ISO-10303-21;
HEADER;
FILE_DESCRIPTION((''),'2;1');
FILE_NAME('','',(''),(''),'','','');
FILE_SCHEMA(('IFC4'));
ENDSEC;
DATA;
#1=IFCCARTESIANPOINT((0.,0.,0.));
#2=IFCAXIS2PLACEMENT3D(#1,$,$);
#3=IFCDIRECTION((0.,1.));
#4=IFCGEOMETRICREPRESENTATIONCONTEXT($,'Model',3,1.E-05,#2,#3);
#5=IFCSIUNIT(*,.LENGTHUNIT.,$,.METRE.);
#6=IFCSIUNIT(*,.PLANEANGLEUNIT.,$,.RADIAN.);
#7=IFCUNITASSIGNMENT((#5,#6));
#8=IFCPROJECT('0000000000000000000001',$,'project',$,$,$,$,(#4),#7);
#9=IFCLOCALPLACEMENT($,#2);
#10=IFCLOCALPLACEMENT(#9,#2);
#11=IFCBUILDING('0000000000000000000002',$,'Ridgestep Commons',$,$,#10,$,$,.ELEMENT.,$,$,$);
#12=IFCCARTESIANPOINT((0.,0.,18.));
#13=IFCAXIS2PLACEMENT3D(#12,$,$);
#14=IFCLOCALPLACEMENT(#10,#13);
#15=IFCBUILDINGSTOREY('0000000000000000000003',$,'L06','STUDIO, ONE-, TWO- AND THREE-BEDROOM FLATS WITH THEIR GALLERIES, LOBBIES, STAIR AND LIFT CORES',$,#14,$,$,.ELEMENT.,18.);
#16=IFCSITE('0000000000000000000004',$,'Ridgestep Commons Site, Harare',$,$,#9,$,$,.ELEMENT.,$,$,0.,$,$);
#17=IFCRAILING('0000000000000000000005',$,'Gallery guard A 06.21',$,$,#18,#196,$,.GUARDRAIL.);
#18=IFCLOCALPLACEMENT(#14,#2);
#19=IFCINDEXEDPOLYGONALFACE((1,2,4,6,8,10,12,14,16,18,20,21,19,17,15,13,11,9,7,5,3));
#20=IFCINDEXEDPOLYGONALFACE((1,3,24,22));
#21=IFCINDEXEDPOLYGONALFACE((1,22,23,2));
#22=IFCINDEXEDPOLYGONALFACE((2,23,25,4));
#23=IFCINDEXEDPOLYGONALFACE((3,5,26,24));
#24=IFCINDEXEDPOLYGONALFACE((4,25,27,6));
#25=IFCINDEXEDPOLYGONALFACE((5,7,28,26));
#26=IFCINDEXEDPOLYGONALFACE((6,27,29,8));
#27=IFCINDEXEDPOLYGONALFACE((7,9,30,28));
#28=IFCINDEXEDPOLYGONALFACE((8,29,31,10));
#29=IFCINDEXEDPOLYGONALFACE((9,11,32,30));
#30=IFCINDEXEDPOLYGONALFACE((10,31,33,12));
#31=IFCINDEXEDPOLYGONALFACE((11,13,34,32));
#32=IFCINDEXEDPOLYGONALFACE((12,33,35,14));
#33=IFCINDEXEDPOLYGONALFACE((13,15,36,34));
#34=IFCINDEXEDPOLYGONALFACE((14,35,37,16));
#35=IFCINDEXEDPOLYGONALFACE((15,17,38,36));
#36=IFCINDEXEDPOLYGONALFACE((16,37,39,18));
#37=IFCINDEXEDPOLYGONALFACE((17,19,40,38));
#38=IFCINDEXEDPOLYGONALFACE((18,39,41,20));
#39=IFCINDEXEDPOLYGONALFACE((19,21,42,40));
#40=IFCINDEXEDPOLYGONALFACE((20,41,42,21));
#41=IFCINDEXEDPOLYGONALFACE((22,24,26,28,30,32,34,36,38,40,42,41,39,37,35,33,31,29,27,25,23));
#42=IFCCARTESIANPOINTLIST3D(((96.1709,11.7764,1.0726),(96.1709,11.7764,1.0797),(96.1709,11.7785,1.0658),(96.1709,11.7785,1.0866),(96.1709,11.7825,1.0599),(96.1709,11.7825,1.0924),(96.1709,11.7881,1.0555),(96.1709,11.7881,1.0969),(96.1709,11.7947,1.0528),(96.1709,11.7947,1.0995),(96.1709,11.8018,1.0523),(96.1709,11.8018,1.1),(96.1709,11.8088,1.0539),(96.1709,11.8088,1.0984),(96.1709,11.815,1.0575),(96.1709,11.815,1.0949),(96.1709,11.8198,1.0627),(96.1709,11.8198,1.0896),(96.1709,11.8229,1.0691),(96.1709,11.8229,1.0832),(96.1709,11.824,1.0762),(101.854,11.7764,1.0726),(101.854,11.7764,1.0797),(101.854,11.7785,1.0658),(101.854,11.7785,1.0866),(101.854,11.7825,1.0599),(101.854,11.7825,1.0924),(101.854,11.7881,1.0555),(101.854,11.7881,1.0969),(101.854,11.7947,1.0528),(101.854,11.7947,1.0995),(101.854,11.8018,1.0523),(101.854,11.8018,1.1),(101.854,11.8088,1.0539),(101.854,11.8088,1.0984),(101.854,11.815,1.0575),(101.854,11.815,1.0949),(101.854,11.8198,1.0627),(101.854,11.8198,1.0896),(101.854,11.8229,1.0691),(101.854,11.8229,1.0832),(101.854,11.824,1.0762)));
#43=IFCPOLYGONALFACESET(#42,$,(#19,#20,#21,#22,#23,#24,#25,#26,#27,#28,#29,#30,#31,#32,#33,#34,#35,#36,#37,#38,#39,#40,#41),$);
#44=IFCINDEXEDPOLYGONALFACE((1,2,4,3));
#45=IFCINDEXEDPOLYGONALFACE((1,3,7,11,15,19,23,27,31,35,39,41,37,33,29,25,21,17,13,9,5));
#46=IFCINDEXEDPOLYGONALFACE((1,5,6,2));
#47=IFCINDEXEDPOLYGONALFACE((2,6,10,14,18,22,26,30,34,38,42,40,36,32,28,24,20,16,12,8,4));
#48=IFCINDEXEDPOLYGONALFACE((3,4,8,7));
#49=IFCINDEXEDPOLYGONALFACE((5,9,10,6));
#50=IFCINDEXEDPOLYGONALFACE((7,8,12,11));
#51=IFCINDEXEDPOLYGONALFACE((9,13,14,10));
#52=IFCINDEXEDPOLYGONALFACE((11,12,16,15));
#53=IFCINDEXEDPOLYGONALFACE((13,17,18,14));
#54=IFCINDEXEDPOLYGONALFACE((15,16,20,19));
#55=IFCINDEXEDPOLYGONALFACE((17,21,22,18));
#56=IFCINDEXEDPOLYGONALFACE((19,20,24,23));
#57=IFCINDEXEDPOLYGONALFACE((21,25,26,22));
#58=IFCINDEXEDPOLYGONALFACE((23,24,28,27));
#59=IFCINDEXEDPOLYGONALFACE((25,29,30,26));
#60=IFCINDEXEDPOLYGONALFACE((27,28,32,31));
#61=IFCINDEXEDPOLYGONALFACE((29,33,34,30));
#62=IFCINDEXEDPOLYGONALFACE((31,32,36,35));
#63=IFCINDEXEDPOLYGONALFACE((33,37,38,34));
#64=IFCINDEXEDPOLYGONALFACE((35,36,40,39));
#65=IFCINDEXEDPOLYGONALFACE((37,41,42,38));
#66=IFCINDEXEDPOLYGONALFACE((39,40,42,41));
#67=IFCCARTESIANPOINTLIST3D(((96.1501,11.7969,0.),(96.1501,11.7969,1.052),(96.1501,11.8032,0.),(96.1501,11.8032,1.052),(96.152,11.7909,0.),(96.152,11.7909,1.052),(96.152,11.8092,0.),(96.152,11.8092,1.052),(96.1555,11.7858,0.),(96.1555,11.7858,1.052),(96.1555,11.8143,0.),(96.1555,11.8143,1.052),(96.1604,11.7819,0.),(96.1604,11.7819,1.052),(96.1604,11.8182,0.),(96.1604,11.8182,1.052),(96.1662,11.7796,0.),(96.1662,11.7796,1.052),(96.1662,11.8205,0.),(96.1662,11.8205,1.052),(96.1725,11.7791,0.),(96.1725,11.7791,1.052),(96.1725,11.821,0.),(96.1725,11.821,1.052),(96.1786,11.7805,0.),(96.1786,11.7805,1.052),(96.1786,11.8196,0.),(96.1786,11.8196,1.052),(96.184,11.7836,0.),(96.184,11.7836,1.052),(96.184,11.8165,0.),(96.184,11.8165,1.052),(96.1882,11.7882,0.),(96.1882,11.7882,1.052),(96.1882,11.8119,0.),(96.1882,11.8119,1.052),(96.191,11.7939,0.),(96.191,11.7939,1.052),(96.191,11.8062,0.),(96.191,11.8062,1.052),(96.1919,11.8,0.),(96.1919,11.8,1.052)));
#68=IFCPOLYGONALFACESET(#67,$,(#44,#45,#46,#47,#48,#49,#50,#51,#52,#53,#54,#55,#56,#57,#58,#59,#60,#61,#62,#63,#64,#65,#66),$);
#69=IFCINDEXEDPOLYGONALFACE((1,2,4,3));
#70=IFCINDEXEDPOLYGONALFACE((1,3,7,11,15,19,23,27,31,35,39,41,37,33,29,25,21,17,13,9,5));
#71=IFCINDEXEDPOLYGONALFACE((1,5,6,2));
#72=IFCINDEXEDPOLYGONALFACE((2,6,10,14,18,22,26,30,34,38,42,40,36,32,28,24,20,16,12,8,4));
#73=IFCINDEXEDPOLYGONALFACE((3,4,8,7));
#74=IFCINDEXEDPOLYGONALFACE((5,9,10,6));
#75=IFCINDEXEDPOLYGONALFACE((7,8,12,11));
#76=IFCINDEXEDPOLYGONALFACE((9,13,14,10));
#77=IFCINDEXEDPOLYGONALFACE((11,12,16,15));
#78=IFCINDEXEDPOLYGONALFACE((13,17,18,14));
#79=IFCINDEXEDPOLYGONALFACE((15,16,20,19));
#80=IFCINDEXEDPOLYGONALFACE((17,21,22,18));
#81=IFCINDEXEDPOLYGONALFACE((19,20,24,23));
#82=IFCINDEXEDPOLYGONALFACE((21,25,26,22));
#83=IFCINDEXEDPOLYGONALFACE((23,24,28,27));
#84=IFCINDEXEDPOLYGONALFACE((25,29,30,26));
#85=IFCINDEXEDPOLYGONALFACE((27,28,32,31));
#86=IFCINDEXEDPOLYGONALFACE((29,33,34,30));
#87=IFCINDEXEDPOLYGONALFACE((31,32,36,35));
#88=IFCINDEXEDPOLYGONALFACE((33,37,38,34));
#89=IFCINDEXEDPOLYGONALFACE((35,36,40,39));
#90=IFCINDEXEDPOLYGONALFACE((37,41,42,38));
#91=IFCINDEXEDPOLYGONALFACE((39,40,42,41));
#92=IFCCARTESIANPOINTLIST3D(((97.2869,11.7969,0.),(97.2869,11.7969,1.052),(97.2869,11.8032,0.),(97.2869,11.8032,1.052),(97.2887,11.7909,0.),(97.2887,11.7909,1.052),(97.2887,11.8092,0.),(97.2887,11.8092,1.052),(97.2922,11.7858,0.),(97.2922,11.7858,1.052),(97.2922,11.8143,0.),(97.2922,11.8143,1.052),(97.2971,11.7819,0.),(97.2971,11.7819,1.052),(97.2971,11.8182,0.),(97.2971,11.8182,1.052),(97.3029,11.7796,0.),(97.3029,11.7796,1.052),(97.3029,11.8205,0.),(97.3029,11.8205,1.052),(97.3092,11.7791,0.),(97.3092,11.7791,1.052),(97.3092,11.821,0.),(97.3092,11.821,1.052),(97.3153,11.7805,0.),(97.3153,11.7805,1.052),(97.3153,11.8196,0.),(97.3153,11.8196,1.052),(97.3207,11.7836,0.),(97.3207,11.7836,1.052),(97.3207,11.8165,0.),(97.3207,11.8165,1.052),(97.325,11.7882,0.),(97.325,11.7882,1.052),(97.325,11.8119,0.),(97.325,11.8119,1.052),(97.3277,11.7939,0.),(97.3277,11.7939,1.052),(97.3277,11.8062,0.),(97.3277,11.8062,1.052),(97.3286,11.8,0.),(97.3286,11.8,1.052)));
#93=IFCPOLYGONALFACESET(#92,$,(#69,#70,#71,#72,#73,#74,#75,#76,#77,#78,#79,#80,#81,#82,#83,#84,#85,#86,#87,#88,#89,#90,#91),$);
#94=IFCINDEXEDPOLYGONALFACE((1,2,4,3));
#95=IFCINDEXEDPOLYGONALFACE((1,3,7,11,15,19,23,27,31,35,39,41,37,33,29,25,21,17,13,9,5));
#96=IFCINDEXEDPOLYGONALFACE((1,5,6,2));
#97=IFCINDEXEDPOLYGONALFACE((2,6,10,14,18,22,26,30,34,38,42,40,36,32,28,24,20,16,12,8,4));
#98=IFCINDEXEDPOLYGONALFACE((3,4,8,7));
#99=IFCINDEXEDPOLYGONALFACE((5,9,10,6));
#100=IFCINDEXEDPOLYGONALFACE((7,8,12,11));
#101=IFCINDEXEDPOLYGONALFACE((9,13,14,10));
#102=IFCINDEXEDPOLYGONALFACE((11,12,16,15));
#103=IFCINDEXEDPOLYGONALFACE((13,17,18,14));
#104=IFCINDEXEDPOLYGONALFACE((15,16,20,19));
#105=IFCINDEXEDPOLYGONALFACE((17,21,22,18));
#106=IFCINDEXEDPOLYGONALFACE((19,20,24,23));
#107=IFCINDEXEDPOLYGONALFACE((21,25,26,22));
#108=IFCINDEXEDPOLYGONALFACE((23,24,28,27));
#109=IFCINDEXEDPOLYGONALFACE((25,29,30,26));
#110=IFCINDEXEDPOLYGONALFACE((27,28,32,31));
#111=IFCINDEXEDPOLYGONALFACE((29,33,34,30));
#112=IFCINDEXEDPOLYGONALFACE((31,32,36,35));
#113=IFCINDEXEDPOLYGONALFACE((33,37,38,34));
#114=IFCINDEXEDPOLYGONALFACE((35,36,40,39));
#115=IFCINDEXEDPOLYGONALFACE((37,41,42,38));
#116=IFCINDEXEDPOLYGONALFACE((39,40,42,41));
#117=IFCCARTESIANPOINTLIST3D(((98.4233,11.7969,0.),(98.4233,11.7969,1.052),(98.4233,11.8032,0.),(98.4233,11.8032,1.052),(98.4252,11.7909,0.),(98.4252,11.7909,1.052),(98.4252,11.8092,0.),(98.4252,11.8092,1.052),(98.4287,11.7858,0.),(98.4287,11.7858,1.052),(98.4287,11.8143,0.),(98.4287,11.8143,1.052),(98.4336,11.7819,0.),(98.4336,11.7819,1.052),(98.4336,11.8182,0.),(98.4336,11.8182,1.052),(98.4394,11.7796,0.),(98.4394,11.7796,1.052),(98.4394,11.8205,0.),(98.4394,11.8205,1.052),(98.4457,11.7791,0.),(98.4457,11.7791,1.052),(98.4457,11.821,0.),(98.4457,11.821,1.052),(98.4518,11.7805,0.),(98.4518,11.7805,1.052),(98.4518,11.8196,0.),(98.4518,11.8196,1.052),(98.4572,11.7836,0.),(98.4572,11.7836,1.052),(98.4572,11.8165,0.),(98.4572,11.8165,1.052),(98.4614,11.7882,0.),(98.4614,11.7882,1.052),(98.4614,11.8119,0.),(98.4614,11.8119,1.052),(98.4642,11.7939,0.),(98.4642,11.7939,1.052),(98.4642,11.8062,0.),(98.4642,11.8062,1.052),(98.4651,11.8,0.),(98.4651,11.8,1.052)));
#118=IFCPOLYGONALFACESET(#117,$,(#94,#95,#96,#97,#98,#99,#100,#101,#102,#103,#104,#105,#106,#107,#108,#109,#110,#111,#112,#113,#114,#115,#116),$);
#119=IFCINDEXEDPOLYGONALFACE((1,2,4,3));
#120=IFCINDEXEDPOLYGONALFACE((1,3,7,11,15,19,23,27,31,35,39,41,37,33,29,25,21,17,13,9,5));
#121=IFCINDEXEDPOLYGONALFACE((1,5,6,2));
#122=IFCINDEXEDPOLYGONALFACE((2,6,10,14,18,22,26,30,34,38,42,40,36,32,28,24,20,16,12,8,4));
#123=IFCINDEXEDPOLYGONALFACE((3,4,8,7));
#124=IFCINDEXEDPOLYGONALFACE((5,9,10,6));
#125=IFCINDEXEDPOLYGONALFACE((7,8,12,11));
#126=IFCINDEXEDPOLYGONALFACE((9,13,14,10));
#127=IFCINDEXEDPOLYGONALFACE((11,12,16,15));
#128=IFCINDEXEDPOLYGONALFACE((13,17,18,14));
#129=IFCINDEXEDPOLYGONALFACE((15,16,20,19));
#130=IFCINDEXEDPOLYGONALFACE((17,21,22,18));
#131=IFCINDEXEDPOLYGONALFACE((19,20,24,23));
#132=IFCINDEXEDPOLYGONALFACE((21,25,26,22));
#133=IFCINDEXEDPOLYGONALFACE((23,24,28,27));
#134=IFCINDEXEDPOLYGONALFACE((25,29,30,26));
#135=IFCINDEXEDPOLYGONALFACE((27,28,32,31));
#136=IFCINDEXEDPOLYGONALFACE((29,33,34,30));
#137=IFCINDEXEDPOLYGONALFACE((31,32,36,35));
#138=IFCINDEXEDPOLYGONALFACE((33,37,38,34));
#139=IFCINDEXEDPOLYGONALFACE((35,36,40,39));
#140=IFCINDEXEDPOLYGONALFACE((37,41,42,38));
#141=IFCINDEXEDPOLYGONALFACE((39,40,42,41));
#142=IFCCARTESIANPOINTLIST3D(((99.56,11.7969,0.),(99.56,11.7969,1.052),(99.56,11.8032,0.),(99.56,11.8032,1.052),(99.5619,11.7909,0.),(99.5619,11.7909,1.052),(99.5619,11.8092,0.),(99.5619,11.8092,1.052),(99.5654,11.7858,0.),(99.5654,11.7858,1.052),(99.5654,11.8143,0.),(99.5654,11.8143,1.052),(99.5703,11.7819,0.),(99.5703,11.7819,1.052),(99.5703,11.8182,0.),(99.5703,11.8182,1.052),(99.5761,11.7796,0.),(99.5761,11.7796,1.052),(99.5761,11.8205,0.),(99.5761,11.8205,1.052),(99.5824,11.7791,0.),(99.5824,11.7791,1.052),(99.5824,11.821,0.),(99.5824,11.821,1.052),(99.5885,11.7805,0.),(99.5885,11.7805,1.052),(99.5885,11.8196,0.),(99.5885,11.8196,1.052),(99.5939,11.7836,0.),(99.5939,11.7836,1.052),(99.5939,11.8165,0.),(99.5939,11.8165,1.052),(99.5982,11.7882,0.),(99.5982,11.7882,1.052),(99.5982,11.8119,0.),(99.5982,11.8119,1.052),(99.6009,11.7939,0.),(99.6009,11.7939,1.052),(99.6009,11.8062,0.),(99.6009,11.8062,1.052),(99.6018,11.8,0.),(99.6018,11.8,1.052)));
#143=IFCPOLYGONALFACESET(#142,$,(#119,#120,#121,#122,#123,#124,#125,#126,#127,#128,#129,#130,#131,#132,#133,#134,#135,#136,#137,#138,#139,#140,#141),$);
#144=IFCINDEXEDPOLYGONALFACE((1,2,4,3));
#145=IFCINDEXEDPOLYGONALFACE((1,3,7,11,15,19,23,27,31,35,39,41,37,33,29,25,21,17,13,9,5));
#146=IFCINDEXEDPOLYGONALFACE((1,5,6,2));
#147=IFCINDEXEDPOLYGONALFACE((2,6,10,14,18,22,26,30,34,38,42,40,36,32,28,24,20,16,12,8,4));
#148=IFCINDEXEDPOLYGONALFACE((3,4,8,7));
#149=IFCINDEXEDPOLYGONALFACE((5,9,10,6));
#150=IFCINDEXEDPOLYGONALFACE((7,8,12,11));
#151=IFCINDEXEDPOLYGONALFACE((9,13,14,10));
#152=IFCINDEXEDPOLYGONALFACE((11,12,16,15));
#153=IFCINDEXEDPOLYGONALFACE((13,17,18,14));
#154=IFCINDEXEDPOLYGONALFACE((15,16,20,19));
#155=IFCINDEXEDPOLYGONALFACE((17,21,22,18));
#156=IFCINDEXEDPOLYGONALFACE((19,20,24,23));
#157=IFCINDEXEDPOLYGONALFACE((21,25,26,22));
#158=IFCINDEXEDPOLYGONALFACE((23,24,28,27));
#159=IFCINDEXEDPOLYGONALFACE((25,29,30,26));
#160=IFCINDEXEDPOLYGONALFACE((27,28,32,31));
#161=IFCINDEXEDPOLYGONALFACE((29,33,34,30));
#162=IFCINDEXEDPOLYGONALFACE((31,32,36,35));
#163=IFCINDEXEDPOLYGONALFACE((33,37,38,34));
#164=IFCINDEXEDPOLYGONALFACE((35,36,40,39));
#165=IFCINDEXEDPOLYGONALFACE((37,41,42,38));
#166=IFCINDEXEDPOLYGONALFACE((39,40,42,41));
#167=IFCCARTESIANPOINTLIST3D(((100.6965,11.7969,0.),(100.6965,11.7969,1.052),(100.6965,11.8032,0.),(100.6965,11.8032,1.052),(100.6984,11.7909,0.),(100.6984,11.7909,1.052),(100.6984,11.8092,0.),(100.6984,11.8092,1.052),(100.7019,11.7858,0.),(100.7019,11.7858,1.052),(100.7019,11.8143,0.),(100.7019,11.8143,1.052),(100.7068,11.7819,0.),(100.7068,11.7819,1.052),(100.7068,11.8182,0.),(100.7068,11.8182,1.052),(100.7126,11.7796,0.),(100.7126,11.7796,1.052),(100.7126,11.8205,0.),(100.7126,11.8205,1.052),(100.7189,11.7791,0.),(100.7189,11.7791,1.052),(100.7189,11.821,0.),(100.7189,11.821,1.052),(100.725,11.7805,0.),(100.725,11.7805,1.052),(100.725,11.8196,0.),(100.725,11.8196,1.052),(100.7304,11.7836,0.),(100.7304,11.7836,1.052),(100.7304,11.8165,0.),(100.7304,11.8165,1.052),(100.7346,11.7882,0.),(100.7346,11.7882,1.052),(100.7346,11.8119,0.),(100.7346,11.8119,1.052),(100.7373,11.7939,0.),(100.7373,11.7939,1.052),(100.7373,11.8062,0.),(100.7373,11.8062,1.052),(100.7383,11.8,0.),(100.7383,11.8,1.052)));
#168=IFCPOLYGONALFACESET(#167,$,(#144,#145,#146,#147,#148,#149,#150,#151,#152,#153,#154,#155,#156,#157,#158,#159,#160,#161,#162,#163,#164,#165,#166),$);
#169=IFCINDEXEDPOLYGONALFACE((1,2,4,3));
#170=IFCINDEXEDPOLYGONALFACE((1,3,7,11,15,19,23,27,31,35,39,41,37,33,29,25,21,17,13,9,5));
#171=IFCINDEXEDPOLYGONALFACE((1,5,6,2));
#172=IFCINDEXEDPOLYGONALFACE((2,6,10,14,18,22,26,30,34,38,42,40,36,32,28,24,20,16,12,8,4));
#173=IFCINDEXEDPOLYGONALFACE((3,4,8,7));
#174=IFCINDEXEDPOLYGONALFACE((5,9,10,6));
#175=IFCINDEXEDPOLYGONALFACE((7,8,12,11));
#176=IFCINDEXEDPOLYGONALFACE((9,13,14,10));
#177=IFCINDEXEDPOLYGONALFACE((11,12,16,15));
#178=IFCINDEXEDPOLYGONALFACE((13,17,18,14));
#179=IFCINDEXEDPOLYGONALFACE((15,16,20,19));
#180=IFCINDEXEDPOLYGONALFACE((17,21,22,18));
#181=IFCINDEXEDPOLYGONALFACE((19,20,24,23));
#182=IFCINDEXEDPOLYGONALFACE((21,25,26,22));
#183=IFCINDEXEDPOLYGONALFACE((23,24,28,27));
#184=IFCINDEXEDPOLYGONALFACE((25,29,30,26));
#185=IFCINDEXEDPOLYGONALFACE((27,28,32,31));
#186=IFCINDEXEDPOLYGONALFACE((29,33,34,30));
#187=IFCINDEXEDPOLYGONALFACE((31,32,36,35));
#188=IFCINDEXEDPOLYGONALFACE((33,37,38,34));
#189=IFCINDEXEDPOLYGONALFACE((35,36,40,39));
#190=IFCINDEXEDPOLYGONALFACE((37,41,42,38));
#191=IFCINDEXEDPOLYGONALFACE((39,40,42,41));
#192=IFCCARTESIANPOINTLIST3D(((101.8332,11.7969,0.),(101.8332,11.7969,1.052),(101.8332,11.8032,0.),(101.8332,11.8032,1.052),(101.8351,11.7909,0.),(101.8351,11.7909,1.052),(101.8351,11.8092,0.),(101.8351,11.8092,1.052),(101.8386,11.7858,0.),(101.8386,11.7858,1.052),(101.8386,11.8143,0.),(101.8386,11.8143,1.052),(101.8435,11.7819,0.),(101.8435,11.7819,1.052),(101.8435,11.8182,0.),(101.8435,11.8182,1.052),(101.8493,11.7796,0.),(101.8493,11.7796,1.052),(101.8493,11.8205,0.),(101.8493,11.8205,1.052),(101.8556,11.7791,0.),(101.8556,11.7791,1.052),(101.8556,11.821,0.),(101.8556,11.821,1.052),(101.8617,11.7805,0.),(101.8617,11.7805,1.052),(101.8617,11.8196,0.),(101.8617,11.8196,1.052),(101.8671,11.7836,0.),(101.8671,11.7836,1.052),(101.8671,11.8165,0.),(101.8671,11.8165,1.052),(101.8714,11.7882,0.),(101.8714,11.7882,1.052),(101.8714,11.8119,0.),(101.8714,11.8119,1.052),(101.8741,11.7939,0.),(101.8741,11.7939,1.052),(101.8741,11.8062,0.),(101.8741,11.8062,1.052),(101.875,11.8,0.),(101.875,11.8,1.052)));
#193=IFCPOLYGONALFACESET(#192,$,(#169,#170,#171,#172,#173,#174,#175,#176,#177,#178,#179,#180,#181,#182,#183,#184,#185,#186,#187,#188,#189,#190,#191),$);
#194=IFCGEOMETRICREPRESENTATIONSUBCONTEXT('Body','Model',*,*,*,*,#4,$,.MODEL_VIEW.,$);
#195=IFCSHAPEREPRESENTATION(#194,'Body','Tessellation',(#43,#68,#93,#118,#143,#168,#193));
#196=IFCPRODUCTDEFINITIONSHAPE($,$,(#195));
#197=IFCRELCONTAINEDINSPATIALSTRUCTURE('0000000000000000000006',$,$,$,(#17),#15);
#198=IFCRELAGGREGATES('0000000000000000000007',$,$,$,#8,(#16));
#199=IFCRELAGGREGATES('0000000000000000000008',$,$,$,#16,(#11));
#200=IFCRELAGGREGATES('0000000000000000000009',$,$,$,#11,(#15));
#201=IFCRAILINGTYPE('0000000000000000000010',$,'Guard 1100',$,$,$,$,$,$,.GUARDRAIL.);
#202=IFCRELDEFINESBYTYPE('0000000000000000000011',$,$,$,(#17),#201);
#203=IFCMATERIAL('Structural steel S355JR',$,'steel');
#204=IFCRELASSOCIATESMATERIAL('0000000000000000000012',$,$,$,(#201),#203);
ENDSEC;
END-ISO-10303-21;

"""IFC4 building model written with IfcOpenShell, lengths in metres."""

from ifc_helpers import new_model, si_unit, direction, frame, origin, origin_2d, place, context, subcontext, project, spatial, circle, extrude, material, type_object, element, save


model = new_model("IFC4")

# Units and contexts
model_context = context("Model", 3, precision=1e-05, world=origin(), true_north=direction((0.0, 1.0)))
body_context = subcontext(model_context, "Body", "Model", "MODEL_VIEW")
ifc_project = project(units=[si_unit("LENGTHUNIT", "METRE"), si_unit("PLANEANGLEUNIT", "RADIAN")], contexts=[model_context])

# Site, building, storey
site_placement = place(None, origin())
site = spatial("IfcSite", under=ifc_project, at=site_placement, Name="Ridgestep Commons Site, Harare", CompositionType="ELEMENT", RefElevation=0.0)
building_placement = place(site_placement, origin())
building = spatial("IfcBuilding", under=site, at=building_placement, Name="Ridgestep Commons", CompositionType="ELEMENT")
storey_placement = place(building_placement, frame((0.0, 0.0, 18.0)))
storey = spatial("IfcBuildingStorey", under=building, at=storey_placement, Name="L06", Description="STUDIO, ONE-, TWO- AND THREE-BEDROOM FLATS WITH THEIR GALLERIES, LOBBIES, STAIR AND LIFT CORES", CompositionType="ELEMENT", Elevation=18.0)

# Railing
ifc_material_1 = material(Name="Structural steel S355JR", Category="steel")
railing_type_1 = type_object("IfcRailingType", Name="Guard 1100", PredefinedType="GUARDRAIL", material=ifc_material_1)
railing_1_placement = place(storey_placement, frame((96.1709, 11.8, 0.0)))
element("IfcRailing", 1, at=railing_1_placement, inside=storey, type_object=railing_type_1, Name="Gallery guard A 06.21", PredefinedType="GUARDRAIL", context=body_context, shape_type="SweptSolid", body=[
    extrude(circle(Radius=0.0239, at=origin_2d()), frame((0.0, 0.0, 1.0762), z_axis=(1.0, 0.0, 0.0), x_axis=(0.0, 1.0, 0.0)), (0.0, 0.0, 1.0), 5.6831),
    extrude(circle(Radius=0.021, at=origin_2d()), origin(), (0.0, 0.0, 1.0), 1.052),
    extrude(circle(Radius=0.021, at=origin_2d()), frame((1.1367, 0.0, 0.0)), (0.0, 0.0, 1.0), 1.052),
    extrude(circle(Radius=0.021, at=origin_2d()), frame((2.2732, 0.0, 0.0)), (0.0, 0.0, 1.0), 1.052),
    extrude(circle(Radius=0.021, at=origin_2d()), frame((3.4099, 0.0, 0.0)), (0.0, 0.0, 1.0), 1.052),
    extrude(circle(Radius=0.021, at=origin_2d()), frame((4.5464, 0.0, 0.0)), (0.0, 0.0, 1.0), 1.052),
    extrude(circle(Radius=0.021, at=origin_2d()), frame((5.6831, 0.0, 0.0)), (0.0, 0.0, 1.0), 1.052),
])

save(model, "model.ifc")
